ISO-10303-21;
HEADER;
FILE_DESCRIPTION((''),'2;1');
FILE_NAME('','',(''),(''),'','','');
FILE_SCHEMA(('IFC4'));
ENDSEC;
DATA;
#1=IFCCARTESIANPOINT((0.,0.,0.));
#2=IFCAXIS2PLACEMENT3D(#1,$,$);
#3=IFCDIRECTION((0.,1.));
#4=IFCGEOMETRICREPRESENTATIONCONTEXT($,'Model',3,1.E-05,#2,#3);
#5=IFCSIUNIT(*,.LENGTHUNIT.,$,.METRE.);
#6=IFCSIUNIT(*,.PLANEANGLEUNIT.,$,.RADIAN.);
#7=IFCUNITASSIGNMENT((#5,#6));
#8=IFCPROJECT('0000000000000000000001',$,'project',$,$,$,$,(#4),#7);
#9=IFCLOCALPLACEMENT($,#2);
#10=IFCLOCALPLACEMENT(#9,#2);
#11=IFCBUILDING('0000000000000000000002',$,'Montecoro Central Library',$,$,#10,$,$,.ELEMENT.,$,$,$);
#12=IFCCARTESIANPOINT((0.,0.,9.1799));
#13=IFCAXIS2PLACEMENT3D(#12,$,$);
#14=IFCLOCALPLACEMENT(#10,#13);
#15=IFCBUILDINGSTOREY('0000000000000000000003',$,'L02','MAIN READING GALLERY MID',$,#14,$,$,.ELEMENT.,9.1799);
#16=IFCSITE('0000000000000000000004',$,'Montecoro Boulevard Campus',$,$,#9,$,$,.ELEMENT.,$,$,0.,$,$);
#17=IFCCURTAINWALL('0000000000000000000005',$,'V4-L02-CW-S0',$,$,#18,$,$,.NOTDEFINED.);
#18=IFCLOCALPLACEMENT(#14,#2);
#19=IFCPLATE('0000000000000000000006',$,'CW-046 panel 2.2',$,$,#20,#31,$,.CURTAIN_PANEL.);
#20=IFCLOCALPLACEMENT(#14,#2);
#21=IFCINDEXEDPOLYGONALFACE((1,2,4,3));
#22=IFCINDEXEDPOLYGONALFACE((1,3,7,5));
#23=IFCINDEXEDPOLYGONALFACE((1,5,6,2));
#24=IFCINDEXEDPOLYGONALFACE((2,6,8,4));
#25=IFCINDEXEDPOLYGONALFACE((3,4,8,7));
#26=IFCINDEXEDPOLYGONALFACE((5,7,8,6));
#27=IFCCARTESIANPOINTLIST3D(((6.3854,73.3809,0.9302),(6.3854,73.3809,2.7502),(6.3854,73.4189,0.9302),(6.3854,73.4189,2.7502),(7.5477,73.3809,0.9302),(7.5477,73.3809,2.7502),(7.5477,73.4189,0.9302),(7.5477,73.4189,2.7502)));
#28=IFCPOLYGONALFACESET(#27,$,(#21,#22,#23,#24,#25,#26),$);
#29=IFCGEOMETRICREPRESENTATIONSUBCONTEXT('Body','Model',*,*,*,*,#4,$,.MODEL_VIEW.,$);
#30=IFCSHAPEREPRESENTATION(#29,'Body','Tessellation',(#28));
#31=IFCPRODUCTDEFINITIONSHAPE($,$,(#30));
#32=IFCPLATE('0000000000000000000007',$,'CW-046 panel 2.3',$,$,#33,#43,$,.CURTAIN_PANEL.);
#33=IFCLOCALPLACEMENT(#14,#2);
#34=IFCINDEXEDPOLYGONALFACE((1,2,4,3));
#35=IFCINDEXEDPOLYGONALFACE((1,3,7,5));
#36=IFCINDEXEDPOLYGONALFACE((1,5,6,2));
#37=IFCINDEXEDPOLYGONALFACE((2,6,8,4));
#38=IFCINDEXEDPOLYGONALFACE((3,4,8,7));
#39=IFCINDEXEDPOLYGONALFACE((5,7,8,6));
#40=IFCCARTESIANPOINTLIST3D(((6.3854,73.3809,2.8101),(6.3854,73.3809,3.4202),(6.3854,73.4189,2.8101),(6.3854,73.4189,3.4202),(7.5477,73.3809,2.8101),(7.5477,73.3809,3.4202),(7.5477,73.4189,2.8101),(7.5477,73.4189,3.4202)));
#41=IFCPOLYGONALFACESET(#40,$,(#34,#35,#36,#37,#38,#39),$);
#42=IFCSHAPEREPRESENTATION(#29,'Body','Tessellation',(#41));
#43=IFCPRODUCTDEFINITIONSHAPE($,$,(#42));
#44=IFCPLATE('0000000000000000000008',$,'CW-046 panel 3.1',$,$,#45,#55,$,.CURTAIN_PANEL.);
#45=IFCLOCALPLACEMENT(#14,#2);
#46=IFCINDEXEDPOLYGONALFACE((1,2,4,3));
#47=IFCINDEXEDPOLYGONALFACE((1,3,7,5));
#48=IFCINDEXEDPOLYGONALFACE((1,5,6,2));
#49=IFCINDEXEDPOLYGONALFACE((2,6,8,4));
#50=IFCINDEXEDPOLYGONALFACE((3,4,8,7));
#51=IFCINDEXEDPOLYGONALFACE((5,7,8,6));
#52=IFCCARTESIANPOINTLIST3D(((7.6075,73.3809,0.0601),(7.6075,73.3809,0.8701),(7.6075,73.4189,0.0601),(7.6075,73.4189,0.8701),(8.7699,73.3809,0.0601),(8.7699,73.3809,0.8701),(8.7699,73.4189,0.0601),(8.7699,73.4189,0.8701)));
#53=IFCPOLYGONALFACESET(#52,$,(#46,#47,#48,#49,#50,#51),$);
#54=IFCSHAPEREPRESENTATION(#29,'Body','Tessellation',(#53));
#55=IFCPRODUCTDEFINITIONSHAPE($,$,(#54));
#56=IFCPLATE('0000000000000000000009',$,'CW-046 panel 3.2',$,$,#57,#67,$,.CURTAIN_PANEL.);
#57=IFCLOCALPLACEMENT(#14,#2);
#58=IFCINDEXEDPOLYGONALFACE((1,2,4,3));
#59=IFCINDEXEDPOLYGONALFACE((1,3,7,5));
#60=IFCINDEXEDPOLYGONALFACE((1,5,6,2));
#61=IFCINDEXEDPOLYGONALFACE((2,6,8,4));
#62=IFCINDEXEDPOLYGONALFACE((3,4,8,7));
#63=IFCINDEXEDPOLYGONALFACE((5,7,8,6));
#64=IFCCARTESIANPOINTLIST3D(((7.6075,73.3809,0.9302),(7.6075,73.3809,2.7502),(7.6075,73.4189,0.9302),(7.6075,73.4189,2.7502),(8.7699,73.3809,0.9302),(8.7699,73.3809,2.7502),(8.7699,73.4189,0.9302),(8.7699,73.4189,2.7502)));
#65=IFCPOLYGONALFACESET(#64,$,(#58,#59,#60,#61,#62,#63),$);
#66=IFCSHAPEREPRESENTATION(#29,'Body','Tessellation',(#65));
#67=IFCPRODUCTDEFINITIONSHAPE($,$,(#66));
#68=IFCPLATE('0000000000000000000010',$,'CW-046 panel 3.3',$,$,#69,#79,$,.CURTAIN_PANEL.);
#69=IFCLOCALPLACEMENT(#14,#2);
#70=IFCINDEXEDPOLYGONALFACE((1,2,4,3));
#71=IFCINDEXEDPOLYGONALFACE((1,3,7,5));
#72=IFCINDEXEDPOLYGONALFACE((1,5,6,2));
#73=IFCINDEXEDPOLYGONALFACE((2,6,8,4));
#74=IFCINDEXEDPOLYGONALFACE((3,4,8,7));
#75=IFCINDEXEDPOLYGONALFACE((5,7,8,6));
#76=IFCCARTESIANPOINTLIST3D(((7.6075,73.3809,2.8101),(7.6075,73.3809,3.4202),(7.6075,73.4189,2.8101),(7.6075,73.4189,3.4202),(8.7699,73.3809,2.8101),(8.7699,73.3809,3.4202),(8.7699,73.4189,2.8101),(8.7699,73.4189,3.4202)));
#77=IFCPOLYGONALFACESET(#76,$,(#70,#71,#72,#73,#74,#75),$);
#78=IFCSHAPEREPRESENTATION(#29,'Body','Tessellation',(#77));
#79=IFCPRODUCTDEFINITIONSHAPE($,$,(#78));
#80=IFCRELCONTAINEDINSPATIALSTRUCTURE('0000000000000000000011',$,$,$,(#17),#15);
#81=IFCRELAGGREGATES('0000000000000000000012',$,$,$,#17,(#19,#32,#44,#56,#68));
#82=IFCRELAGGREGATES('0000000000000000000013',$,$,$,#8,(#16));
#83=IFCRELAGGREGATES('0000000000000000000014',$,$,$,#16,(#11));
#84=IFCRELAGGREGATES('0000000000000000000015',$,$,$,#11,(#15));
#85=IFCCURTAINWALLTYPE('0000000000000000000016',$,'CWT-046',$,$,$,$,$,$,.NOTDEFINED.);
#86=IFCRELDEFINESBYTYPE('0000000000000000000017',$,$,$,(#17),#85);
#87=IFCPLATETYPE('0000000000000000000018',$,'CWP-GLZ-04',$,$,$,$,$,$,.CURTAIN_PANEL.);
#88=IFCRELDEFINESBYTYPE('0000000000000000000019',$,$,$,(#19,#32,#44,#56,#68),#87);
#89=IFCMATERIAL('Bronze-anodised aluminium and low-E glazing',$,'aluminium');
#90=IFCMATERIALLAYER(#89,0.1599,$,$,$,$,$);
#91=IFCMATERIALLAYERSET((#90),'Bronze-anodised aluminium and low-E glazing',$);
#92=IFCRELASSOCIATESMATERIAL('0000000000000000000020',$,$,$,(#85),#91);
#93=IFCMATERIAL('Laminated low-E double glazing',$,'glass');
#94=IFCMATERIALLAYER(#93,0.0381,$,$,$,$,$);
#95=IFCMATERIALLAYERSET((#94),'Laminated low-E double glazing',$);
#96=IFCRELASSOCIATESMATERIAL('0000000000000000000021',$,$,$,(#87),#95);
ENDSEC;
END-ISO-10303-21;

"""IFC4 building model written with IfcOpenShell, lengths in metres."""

from ifc_helpers import new_model, si_unit, direction, frame, origin, origin_2d, place, context, subcontext, project, spatial, rectangle, extrude, material, layer, layer_set, type_object, element, aggregate, save


model = new_model("IFC4")

# Units and contexts
model_context = context("Model", 3, precision=1e-05, world=origin(), true_north=direction((0.0, 1.0)))
body_context = subcontext(model_context, "Body", "Model", "MODEL_VIEW")
ifc_project = project(units=[si_unit("LENGTHUNIT", "METRE"), si_unit("PLANEANGLEUNIT", "RADIAN")], contexts=[model_context])

# Site, building, storey
site_placement = place(None, origin())
site = spatial("IfcSite", under=ifc_project, at=site_placement, Name="Montecoro Boulevard Campus", CompositionType="ELEMENT", RefElevation=0.0)
building_placement = place(site_placement, origin())
building = spatial("IfcBuilding", under=site, at=building_placement, Name="Montecoro Central Library", CompositionType="ELEMENT")
storey_placement = place(building_placement, frame((0.0, 0.0, 9.1799)))
storey = spatial("IfcBuildingStorey", under=building, at=storey_placement, Name="L02", Description="MAIN READING GALLERY MID", CompositionType="ELEMENT", Elevation=9.1799)

# Curtain wall, plates
ifc_material_1 = material(Name="Bronze-anodised aluminium and low-E glazing", Category="aluminium")
ifc_layer_1 = layer(ifc_material_1, 0.1599)
ifc_layer_set_1 = layer_set([ifc_layer_1], Name="Bronze-anodised aluminium and low-E glazing")
curtain_wall_type = type_object("IfcCurtainWallType", Name="CWT-046", PredefinedType="NOTDEFINED", material=ifc_layer_set_1)
curtain_wall_placement = place(storey_placement, origin())
curtain_wall = element("IfcCurtainWall", 1, at=curtain_wall_placement, inside=storey, type_object=curtain_wall_type, Name="V4-L02-CW-S0", PredefinedType="NOTDEFINED")
ifc_material_2 = material(Name="Laminated low-E double glazing", Category="glass")
ifc_layer_2 = layer(ifc_material_2, 0.0381)
ifc_layer_set_2 = layer_set([ifc_layer_2], Name="Laminated low-E double glazing")
plate_type = type_object("IfcPlateType", Name="CWP-GLZ-04", PredefinedType="CURTAIN_PANEL", material=ifc_layer_set_2)
plate_1_placement = place(storey_placement, frame((6.9666, 73.3999, 0.9302), z_axis=(0.0, 0.0, 1.0), x_axis=(1.0, 0.0, 0.0)))
plate_1 = element("IfcPlate", 2, at=plate_1_placement, type_object=plate_type, Name="CW-046 panel 2.2", PredefinedType="CURTAIN_PANEL", context=body_context, shape_type="SweptSolid", body=[
    extrude(rectangle(XDim=1.1624, YDim=0.0381, at=origin_2d()), origin(), (0.0, 0.0, 1.0), 1.8201),
])
plate_2_placement = place(storey_placement, frame((6.9666, 73.3999, 2.8101), z_axis=(0.0, 0.0, 1.0), x_axis=(1.0, 0.0, 0.0)))
plate_2 = element("IfcPlate", 3, at=plate_2_placement, type_object=plate_type, Name="CW-046 panel 2.3", PredefinedType="CURTAIN_PANEL", context=body_context, shape_type="SweptSolid", body=[
    extrude(rectangle(XDim=1.1624, YDim=0.0381, at=origin_2d()), origin(), (0.0, 0.0, 1.0), 0.6101),
])
plate_3_placement = place(storey_placement, frame((8.1887, 73.3999, 0.0601), z_axis=(0.0, 0.0, 1.0), x_axis=(1.0, 0.0, 0.0)))
plate_3 = element("IfcPlate", 4, at=plate_3_placement, type_object=plate_type, Name="CW-046 panel 3.1", PredefinedType="CURTAIN_PANEL", context=body_context, shape_type="SweptSolid", body=[
    extrude(rectangle(XDim=1.1624, YDim=0.0381, at=origin_2d()), origin(), (0.0, 0.0, 1.0), 0.8101),
])
plate_4_placement = place(storey_placement, frame((8.1887, 73.3999, 0.9302), z_axis=(0.0, 0.0, 1.0), x_axis=(1.0, 0.0, 0.0)))
plate_4 = element("IfcPlate", 5, at=plate_4_placement, type_object=plate_type, Name="CW-046 panel 3.2", PredefinedType="CURTAIN_PANEL", context=body_context, shape_type="SweptSolid", body=[
    extrude(rectangle(XDim=1.1624, YDim=0.0381, at=origin_2d()), origin(), (0.0, 0.0, 1.0), 1.8201),
])
plate_5_placement = place(storey_placement, frame((8.1887, 73.3999, 2.8101), z_axis=(0.0, 0.0, 1.0), x_axis=(1.0, 0.0, 0.0)))
plate_5 = element("IfcPlate", 6, at=plate_5_placement, type_object=plate_type, Name="CW-046 panel 3.3", PredefinedType="CURTAIN_PANEL", context=body_context, shape_type="SweptSolid", body=[
    extrude(rectangle(XDim=1.1624, YDim=0.0381, at=origin_2d()), origin(), (0.0, 0.0, 1.0), 0.6101),
])
aggregate(curtain_wall, [plate_1, plate_2, plate_3, plate_4, plate_5])

save(model, "model.ifc")
